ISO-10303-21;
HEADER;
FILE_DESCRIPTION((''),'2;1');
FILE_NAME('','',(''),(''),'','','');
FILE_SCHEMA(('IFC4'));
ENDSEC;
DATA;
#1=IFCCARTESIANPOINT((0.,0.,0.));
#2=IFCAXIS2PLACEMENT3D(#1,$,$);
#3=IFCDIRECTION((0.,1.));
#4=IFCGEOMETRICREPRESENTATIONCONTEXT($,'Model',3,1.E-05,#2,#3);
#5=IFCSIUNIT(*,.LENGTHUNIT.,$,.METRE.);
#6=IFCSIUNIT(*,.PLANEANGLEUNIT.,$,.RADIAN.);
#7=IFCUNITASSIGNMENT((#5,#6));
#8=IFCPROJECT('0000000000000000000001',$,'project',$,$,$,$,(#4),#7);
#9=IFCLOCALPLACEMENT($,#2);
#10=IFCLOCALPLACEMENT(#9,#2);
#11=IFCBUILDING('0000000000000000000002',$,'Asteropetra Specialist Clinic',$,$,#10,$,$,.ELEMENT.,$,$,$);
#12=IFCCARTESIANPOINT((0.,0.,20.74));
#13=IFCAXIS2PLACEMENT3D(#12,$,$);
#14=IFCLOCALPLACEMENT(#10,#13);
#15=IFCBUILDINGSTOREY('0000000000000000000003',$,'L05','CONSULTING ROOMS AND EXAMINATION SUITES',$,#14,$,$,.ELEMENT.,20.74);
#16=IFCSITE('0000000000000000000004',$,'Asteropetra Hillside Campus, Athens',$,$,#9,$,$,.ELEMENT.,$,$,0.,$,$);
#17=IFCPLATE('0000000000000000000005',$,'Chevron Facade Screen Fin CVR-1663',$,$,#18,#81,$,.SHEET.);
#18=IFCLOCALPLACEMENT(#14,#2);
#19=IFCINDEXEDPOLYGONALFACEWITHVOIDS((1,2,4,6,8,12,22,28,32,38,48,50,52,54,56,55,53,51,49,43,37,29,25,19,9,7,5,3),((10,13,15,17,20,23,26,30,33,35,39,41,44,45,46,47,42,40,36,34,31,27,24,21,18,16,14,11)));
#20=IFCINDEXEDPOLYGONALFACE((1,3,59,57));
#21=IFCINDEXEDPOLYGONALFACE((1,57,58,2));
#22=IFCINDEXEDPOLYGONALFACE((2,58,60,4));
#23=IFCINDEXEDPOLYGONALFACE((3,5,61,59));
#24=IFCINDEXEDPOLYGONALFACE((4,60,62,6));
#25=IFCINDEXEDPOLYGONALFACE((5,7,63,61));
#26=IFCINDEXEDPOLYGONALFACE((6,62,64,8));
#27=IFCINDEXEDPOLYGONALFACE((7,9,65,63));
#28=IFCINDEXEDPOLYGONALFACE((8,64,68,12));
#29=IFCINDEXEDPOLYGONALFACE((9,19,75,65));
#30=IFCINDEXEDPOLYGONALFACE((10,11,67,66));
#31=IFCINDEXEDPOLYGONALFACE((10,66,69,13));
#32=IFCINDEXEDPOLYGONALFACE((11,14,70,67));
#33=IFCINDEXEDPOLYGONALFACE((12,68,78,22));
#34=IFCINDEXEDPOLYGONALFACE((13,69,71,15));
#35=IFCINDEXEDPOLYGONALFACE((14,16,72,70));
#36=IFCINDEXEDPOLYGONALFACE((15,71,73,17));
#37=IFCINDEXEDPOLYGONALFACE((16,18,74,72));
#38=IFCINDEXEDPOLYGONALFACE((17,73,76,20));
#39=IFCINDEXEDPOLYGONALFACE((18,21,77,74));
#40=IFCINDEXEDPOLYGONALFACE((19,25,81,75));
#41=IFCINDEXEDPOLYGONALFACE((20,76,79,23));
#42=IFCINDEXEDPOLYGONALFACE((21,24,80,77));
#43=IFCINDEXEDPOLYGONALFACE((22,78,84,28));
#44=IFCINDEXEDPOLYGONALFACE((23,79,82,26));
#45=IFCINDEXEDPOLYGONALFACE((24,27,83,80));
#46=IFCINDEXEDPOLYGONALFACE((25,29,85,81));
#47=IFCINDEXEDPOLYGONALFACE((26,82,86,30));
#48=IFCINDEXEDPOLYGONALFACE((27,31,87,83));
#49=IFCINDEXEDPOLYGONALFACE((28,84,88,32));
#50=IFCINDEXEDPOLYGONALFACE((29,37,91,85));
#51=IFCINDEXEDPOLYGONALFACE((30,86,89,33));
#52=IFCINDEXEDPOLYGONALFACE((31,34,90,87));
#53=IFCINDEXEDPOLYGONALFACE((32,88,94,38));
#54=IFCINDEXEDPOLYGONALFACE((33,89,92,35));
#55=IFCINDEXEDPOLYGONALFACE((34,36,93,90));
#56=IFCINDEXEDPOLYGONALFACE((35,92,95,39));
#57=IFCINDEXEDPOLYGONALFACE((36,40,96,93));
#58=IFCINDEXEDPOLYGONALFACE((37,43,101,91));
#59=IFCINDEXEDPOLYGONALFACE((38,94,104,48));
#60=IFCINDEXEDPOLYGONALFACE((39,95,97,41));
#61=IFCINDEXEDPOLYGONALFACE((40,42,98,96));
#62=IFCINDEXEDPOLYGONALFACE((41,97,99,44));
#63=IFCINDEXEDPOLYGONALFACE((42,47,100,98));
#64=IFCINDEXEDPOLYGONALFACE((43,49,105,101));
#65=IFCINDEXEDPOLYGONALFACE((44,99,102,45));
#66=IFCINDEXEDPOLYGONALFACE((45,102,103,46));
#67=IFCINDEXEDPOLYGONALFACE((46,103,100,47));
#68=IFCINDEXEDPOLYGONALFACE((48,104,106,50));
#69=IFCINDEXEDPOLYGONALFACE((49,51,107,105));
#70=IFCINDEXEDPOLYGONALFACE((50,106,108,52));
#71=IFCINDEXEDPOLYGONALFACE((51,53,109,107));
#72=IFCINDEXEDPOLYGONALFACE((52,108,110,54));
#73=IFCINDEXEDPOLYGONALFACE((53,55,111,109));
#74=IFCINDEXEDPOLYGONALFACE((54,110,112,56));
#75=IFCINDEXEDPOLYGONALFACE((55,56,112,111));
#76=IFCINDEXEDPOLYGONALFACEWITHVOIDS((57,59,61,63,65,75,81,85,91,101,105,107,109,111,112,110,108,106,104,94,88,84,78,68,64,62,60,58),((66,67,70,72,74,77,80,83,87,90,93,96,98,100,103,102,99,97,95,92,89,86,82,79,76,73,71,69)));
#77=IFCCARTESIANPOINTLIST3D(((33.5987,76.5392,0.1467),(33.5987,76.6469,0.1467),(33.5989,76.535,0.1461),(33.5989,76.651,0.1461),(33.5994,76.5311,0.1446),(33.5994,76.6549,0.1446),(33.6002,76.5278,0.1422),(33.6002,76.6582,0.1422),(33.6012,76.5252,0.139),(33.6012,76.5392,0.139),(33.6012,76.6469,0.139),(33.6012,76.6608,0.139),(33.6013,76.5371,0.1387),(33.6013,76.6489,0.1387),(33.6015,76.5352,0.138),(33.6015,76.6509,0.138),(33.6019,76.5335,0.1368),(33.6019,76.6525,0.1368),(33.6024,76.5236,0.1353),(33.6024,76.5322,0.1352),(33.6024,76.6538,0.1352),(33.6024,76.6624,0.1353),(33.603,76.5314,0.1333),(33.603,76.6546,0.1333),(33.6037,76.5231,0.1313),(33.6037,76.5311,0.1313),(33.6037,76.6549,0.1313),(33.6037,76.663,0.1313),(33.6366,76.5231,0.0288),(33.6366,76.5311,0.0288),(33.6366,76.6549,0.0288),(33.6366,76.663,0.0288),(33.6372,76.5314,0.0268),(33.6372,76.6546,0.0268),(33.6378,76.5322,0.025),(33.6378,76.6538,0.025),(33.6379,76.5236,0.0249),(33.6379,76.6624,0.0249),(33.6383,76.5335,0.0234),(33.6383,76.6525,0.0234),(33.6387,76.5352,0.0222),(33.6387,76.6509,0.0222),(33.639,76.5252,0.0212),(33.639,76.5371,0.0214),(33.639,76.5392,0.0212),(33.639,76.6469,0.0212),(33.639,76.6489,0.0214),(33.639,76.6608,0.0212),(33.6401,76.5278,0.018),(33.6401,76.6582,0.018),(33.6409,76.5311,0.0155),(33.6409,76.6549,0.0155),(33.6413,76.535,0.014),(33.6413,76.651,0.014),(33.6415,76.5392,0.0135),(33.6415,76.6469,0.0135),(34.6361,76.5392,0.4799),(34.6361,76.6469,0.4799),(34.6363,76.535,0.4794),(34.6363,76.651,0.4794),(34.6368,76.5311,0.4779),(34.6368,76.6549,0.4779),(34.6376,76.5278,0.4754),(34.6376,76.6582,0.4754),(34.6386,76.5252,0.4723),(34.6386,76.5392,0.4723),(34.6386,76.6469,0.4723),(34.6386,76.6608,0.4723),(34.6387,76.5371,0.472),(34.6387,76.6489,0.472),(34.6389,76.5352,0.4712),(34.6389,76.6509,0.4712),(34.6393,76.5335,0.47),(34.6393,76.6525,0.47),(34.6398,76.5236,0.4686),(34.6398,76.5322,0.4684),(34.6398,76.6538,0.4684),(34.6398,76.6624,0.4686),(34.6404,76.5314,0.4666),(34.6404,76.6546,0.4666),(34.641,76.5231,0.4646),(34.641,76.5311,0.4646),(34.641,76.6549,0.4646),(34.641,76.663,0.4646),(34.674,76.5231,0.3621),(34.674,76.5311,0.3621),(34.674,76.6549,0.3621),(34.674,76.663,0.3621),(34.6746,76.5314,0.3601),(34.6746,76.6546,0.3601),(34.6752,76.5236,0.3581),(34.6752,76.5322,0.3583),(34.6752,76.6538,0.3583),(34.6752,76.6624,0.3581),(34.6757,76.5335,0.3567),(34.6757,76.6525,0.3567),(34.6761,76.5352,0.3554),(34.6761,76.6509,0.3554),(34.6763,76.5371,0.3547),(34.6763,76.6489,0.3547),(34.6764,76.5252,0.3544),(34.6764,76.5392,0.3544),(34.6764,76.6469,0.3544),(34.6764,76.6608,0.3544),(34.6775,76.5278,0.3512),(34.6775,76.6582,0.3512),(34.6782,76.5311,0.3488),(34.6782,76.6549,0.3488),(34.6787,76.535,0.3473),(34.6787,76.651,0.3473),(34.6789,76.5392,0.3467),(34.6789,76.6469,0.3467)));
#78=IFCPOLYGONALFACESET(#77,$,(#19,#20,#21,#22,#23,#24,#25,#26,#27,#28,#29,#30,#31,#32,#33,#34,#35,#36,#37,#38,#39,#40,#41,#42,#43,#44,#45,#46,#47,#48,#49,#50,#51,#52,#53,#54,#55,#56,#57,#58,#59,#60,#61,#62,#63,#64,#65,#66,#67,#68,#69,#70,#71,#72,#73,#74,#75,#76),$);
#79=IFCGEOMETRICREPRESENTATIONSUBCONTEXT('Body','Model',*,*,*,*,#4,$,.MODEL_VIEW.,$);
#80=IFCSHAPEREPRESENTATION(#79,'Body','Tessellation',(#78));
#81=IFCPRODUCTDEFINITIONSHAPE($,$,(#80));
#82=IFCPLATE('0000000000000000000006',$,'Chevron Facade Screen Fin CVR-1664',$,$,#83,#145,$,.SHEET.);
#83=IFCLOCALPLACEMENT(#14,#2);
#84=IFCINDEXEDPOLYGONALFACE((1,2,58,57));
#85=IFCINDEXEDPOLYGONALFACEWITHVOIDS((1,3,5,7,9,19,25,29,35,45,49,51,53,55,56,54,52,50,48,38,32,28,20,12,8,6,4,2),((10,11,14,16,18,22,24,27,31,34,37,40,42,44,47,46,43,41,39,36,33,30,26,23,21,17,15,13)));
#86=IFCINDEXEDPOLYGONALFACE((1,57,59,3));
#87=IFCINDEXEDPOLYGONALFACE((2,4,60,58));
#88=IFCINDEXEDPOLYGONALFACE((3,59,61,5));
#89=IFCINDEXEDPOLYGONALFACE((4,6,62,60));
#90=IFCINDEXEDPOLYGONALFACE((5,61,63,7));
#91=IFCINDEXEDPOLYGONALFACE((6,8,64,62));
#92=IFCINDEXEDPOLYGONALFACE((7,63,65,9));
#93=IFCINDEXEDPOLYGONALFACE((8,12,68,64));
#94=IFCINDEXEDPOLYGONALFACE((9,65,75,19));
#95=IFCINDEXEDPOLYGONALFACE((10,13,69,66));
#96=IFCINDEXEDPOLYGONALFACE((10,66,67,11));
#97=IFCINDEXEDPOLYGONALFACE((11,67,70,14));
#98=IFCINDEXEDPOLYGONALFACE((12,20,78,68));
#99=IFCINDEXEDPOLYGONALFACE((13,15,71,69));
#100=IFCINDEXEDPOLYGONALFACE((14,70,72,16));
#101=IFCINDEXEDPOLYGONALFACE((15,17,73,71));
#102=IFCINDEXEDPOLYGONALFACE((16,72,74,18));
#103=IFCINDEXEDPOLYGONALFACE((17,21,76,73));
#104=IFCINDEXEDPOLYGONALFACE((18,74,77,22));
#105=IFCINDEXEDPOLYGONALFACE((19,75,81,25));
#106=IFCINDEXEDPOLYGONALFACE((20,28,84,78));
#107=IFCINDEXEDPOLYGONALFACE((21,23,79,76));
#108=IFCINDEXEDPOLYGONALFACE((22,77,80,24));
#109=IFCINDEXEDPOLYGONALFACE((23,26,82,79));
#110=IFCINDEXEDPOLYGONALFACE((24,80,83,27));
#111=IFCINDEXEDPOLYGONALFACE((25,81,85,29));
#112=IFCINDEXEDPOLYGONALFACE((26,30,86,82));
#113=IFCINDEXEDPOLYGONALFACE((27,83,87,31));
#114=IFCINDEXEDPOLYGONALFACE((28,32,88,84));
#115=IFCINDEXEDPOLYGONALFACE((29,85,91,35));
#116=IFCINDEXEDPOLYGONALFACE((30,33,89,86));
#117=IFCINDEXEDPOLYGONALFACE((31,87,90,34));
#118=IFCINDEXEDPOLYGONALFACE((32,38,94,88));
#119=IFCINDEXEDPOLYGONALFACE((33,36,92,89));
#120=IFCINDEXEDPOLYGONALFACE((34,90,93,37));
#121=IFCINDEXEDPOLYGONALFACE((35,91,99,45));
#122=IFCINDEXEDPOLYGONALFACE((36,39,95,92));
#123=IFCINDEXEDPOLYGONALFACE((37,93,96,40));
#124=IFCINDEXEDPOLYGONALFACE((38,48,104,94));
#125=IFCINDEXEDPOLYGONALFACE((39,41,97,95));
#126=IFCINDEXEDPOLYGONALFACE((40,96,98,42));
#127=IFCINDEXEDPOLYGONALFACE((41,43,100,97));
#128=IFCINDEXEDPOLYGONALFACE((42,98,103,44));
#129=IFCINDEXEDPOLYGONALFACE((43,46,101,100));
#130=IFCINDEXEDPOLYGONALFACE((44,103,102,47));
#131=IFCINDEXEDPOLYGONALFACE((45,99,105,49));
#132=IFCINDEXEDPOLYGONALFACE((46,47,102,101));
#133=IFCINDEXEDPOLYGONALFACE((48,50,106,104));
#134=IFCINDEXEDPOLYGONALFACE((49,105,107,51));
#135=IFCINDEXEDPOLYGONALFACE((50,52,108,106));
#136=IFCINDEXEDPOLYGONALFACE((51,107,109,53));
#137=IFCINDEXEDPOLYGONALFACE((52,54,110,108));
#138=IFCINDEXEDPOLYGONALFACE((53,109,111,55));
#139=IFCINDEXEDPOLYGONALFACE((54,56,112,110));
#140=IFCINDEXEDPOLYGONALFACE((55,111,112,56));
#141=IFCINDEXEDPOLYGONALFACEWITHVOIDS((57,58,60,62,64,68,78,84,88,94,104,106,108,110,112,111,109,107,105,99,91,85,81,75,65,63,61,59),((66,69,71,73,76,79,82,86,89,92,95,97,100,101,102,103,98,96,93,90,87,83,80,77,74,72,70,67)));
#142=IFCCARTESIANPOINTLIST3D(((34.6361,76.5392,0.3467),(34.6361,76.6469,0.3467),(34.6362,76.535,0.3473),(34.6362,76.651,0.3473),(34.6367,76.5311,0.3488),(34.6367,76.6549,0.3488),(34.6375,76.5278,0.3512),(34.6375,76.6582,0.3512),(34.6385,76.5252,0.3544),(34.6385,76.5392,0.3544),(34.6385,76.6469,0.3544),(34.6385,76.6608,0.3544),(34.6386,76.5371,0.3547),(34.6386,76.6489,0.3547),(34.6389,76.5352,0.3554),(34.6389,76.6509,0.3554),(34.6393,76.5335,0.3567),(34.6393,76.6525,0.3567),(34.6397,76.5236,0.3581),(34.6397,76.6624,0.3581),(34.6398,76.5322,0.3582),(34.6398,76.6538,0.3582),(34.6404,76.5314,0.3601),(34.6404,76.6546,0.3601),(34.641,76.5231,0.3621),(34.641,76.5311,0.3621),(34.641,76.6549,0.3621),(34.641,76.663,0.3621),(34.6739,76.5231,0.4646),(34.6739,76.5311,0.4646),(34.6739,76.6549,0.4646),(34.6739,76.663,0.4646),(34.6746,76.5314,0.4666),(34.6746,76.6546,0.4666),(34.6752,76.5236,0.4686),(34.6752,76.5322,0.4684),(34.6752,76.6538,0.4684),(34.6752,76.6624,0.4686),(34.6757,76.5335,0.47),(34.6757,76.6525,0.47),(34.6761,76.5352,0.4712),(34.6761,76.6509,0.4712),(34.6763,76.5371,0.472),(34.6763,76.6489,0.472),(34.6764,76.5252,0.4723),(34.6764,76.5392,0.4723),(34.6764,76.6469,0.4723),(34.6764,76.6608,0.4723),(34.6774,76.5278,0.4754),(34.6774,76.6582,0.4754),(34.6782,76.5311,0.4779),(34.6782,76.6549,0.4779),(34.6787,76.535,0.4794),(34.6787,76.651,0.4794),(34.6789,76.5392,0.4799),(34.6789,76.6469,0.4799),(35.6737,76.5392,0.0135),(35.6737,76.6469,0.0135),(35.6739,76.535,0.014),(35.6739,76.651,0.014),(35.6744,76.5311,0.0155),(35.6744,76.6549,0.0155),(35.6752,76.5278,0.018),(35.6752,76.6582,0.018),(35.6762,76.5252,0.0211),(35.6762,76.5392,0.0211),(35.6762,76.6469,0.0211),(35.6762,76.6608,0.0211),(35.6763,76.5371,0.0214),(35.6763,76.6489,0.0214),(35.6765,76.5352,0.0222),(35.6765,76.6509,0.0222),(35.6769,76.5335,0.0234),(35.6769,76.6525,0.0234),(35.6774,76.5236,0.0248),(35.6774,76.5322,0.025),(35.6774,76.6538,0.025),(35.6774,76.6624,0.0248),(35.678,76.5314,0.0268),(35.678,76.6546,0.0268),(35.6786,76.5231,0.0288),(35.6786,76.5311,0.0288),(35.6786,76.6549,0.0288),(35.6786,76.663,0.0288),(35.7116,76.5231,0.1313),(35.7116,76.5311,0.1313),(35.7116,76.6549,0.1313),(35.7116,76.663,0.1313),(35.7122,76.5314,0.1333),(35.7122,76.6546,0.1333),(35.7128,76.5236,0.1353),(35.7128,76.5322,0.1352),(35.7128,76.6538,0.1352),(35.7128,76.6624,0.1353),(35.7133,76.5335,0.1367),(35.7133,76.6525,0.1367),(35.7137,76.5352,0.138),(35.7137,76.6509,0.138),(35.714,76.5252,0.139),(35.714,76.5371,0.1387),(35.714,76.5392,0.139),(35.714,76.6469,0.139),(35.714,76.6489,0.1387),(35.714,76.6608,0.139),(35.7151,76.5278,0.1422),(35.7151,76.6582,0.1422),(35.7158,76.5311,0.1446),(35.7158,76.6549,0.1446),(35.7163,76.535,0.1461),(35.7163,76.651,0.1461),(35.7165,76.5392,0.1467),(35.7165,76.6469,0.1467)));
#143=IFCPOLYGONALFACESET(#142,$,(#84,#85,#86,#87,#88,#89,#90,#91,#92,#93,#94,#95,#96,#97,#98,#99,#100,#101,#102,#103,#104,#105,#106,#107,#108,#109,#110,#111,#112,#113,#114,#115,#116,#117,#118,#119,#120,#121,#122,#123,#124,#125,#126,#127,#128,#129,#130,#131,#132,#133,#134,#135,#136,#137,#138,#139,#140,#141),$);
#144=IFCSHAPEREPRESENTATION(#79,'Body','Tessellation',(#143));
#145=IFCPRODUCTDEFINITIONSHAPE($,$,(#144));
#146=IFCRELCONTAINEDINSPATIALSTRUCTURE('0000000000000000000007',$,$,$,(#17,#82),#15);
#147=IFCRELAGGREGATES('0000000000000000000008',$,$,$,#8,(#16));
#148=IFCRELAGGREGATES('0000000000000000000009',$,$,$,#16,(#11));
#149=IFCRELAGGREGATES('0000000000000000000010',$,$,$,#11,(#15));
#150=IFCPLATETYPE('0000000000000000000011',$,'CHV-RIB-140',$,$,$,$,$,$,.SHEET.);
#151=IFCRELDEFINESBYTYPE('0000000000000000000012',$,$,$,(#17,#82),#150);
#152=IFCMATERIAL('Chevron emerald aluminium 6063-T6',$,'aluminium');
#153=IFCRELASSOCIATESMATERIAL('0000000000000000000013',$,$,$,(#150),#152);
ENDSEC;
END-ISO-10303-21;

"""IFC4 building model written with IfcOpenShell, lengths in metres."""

from ifc_helpers import new_model, si_unit, direction, frame, origin, origin_2d, place, context, subcontext, project, spatial, hollow_rectangle, extrude, material, material_profile, profile_set, type_object, element, save


model = new_model("IFC4")

# Units and contexts
model_context = context("Model", 3, precision=1e-05, world=origin(), true_north=direction((0.0, 1.0)))
body_context = subcontext(model_context, "Body", "Model", "MODEL_VIEW")
ifc_project = project(units=[si_unit("LENGTHUNIT", "METRE"), si_unit("PLANEANGLEUNIT", "RADIAN")], contexts=[model_context])

# Site, building, storey
site_placement = place(None, origin())
site = spatial("IfcSite", under=ifc_project, at=site_placement, Name="Asteropetra Hillside Campus, Athens", CompositionType="ELEMENT", RefElevation=0.0)
building_placement = place(site_placement, origin())
building = spatial("IfcBuilding", under=site, at=building_placement, Name="Asteropetra Specialist Clinic", CompositionType="ELEMENT")
storey_placement = place(building_placement, frame((0.0, 0.0, 20.74)))
storey = spatial("IfcBuildingStorey", under=building, at=storey_placement, Name="L05", Description="CONSULTING ROOMS AND EXAMINATION SUITES", CompositionType="ELEMENT", Elevation=20.74)

# Plates
ifc_material_1 = material(Name="Chevron emerald aluminium 6063-T6", Category="aluminium")
ifc_material_profile_1 = material_profile(ifc_material_1, hollow_rectangle(XDim=0.1399, YDim=0.1399, WallThickness=0.0081, InnerFilletRadius=0.0081, OuterFilletRadius=0.0161, at=origin_2d()), Name="SHS 140x140x8.0")
ifc_profile_set_1 = profile_set([ifc_material_profile_1], Name="Chevron emerald aluminium 6063-T6")
plate_type = type_object("IfcPlateType", Name="CHV-RIB-140", PredefinedType="SHEET", material=ifc_profile_set_1)
plate_1_placement = place(storey_placement, frame((33.6201, 76.593, 0.0801), z_axis=(0.952078, 0.0, 0.305857), x_axis=(0.0, 1.0, 0.0)))
element("IfcPlate", 1, at=plate_1_placement, inside=storey, type_object=plate_type, Name="Chevron Facade Screen Fin CVR-1663", PredefinedType="SHEET", context=body_context, shape_type="SweptSolid", body=[
    extrude(hollow_rectangle(XDim=0.1399, YDim=0.1399, WallThickness=0.0081, InnerFilletRadius=0.0081, OuterFilletRadius=0.0161, at=origin_2d()), origin(), (0.0, 0.0, 1.0), 1.0896),
])
plate_2_placement = place(storey_placement, frame((34.6575, 76.593, 0.4133), z_axis=(0.952098, 0.0, -0.305792), x_axis=(0.0, 1.0, 0.0)))
element("IfcPlate", 2, at=plate_2_placement, inside=storey, type_object=plate_type, Name="Chevron Facade Screen Fin CVR-1664", PredefinedType="SHEET", context=body_context, shape_type="SweptSolid", body=[
    extrude(hollow_rectangle(XDim=0.1399, YDim=0.1399, WallThickness=0.0081, InnerFilletRadius=0.0081, OuterFilletRadius=0.0161, at=origin_2d()), origin(), (0.0, 0.0, 1.0), 1.0898),
])

save(model, "model.ifc")
